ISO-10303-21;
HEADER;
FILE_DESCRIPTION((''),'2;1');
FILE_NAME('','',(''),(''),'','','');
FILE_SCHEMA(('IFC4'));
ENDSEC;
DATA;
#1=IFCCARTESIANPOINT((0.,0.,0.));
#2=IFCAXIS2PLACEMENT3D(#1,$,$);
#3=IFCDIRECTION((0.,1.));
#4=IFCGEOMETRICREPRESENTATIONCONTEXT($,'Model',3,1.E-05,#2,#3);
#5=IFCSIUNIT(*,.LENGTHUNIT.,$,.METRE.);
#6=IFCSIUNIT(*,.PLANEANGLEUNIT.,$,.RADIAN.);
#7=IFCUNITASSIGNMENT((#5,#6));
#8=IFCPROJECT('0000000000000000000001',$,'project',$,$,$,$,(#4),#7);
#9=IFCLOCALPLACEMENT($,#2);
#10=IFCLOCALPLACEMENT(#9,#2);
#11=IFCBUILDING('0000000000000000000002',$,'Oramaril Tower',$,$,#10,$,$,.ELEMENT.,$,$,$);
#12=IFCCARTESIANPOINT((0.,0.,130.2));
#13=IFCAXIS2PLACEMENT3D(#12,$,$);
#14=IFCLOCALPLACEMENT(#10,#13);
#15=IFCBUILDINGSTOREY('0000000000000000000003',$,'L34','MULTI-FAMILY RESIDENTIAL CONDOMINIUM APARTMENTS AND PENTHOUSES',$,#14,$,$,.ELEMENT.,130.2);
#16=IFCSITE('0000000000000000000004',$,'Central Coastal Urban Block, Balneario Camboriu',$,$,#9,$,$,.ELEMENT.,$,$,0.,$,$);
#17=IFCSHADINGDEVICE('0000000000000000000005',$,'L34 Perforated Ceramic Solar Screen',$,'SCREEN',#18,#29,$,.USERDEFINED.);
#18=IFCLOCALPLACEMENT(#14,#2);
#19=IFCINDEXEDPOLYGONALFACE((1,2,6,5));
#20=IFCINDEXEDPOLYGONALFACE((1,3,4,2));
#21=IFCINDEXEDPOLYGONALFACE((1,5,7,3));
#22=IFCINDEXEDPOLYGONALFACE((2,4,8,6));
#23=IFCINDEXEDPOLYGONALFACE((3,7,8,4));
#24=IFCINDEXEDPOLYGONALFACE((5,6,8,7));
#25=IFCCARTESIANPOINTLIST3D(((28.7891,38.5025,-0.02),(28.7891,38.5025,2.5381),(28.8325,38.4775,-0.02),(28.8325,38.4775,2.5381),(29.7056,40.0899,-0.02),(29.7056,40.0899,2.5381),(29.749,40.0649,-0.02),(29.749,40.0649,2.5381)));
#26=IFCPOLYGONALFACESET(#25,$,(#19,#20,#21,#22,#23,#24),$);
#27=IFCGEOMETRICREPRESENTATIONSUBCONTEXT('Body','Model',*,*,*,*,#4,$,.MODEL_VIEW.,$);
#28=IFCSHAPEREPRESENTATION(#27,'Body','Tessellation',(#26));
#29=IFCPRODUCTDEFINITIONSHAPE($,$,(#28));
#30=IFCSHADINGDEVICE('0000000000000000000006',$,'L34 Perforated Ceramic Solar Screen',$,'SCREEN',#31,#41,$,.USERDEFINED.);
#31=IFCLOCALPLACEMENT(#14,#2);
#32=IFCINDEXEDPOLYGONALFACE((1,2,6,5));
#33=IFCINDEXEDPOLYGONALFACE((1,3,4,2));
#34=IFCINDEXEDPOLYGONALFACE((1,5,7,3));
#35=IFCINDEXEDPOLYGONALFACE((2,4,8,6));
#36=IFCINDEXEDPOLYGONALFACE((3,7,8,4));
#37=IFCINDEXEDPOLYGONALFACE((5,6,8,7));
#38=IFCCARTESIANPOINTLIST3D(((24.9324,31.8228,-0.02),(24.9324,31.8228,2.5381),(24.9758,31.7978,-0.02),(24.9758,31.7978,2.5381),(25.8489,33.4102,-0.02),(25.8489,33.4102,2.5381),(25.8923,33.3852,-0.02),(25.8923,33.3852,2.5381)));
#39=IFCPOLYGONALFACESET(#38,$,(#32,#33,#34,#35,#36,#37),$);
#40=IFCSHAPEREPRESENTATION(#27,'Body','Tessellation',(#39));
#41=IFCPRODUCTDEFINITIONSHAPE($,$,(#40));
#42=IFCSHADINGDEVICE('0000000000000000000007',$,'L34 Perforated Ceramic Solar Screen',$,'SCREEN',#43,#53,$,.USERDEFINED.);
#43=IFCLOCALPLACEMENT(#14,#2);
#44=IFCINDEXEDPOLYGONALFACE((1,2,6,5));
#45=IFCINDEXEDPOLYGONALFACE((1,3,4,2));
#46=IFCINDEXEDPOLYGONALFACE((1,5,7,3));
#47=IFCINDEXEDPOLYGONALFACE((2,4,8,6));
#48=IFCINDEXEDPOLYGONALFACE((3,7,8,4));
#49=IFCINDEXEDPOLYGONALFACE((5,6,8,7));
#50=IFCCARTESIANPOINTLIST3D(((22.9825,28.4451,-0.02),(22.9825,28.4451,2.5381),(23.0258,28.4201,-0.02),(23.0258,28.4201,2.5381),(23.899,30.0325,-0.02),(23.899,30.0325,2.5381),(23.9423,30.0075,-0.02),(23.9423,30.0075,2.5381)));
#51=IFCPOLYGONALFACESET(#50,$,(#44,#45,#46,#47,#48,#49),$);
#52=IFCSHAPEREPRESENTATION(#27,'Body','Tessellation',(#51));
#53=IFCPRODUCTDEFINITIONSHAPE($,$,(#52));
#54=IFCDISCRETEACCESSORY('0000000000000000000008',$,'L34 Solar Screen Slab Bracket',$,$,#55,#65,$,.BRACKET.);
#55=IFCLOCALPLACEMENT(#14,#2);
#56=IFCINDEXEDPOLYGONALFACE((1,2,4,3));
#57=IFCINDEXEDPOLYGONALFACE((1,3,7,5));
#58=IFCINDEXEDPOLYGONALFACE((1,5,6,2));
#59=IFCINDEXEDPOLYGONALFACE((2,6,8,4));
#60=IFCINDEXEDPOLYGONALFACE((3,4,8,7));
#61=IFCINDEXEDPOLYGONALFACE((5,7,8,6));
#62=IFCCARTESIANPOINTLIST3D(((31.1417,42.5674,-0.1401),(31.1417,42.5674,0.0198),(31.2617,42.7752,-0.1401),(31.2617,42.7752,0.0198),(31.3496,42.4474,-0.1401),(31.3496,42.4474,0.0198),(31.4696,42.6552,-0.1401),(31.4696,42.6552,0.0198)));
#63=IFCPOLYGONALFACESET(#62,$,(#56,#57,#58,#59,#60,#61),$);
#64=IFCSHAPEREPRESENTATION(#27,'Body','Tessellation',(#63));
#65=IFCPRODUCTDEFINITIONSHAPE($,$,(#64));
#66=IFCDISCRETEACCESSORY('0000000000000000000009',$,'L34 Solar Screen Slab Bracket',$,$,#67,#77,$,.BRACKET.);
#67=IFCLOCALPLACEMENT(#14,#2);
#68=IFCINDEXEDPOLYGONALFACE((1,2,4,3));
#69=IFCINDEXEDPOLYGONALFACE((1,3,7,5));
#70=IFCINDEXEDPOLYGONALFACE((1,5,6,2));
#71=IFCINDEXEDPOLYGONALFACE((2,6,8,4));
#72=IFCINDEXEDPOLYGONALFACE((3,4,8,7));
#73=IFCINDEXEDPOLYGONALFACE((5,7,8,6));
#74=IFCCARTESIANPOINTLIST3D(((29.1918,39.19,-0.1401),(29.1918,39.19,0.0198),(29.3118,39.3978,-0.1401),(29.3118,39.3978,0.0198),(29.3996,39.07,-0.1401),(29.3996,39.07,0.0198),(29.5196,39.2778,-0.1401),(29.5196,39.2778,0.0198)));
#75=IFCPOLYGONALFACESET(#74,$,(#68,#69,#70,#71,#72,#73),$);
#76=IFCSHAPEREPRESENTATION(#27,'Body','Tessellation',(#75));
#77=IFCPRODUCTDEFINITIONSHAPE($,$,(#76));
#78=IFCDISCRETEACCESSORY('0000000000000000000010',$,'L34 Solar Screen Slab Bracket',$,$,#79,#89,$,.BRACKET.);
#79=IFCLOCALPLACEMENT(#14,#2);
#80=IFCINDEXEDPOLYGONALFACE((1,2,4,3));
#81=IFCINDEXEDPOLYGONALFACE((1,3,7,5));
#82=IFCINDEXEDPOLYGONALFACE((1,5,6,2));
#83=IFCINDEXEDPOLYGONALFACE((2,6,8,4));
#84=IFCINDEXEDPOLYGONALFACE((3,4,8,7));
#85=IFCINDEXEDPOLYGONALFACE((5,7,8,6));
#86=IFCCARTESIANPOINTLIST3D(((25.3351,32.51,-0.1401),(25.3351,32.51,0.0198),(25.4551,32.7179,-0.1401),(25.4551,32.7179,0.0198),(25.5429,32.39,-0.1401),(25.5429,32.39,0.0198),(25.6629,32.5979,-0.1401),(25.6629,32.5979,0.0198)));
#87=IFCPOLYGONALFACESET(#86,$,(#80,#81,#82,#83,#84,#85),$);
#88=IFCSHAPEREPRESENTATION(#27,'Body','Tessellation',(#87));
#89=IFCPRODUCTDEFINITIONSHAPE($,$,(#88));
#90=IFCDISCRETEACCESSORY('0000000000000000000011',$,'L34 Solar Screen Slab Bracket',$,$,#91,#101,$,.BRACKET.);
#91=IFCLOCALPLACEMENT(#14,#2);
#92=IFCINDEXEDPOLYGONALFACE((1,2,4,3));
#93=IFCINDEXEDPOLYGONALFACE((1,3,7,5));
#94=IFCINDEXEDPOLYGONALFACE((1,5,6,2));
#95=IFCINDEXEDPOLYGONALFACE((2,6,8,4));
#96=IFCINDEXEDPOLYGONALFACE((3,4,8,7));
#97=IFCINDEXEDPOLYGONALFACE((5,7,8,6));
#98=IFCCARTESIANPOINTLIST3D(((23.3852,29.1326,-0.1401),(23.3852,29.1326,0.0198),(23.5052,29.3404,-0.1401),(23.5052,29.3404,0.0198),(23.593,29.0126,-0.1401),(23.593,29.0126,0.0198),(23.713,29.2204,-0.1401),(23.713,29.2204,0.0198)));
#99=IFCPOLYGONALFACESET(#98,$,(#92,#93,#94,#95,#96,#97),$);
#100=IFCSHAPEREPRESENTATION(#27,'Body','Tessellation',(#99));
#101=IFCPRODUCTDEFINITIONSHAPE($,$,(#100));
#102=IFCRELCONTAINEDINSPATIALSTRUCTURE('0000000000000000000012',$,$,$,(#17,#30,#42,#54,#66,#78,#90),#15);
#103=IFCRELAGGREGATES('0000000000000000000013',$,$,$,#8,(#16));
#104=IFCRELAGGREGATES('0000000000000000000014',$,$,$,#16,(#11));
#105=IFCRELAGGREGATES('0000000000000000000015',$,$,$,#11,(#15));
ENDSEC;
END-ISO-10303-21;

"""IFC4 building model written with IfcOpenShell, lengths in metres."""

from ifc_helpers import new_model, si_unit, direction, frame, origin, origin_2d, place, context, subcontext, project, spatial, rectangle, extrude, element, save


model = new_model("IFC4")

# Units and contexts
model_context = context("Model", 3, precision=1e-05, world=origin(), true_north=direction((0.0, 1.0)))
body_context = subcontext(model_context, "Body", "Model", "MODEL_VIEW")
ifc_project = project(units=[si_unit("LENGTHUNIT", "METRE"), si_unit("PLANEANGLEUNIT", "RADIAN")], contexts=[model_context])

# Site, building, storey
site_placement = place(None, origin())
site = spatial("IfcSite", under=ifc_project, at=site_placement, Name="Central Coastal Urban Block, Balneario Camboriu", CompositionType="ELEMENT", RefElevation=0.0)
building_placement = place(site_placement, origin())
building = spatial("IfcBuilding", under=site, at=building_placement, Name="Oramaril Tower", CompositionType="ELEMENT")
storey_placement = place(building_placement, frame((0.0, 0.0, 130.2)))
storey = spatial("IfcBuildingStorey", under=building, at=storey_placement, Name="L34", Description="MULTI-FAMILY RESIDENTIAL CONDOMINIUM APARTMENTS AND PENTHOUSES", CompositionType="ELEMENT", Elevation=130.2)

# Shading devices
for number, where, z_axis, x_axis, name in (
    (1, (29.269, 39.2837, -0.02), (0.0, 0.0, 1.0), (-0.499998, -0.866026, 0.0), "L34 Perforated Ceramic Solar Screen"),
    (2, (25.4124, 32.604, -0.02), (0.0, 0.0, 1.0), (-0.499998, -0.866026, 0.0), "L34 Perforated Ceramic Solar Screen"),
    (3, (23.4624, 29.2263, -0.02), (0.0, 0.0, 1.0), (-0.499998, -0.866026, 0.0), "L34 Perforated Ceramic Solar Screen"),
):
    element("IfcShadingDevice", number, at=place(storey_placement, frame(where, z_axis=z_axis, x_axis=x_axis)), inside=storey, Name=name, ObjectType="SCREEN", PredefinedType="USERDEFINED", context=body_context, shape_type="SweptSolid", body=[
        extrude(rectangle(XDim=1.833, YDim=0.05, at=origin_2d()), origin(), (0.0, 0.0, 1.0), 2.5581),
    ])

# Discrete accessories
for number, where, z_axis, x_axis, name in (
    (4, (31.3057, 42.6113, -0.1401), (0.0, 0.0, 1.0), (-0.499998, -0.866026, 0.0), "L34 Solar Screen Slab Bracket"),
    (5, (29.3557, 39.2339, -0.1401), (0.0, 0.0, 1.0), (-0.499998, -0.866026, 0.0), "L34 Solar Screen Slab Bracket"),
    (6, (25.499, 32.554, -0.1401), (0.0, 0.0, 1.0), (-0.499998, -0.866026, 0.0), "L34 Solar Screen Slab Bracket"),
    (7, (23.5491, 29.1765, -0.1401), (0.0, 0.0, 1.0), (-0.499998, -0.866026, 0.0), "L34 Solar Screen Slab Bracket"),
):
    element("IfcDiscreteAccessory", number, at=place(storey_placement, frame(where, z_axis=z_axis, x_axis=x_axis)), inside=storey, Name=name, PredefinedType="BRACKET", context=body_context, shape_type="SweptSolid", body=[
        extrude(rectangle(XDim=0.24, YDim=0.24, at=origin_2d()), origin(), (0.0, 0.0, 1.0), 0.1599),
    ])

save(model, "model.ifc")
